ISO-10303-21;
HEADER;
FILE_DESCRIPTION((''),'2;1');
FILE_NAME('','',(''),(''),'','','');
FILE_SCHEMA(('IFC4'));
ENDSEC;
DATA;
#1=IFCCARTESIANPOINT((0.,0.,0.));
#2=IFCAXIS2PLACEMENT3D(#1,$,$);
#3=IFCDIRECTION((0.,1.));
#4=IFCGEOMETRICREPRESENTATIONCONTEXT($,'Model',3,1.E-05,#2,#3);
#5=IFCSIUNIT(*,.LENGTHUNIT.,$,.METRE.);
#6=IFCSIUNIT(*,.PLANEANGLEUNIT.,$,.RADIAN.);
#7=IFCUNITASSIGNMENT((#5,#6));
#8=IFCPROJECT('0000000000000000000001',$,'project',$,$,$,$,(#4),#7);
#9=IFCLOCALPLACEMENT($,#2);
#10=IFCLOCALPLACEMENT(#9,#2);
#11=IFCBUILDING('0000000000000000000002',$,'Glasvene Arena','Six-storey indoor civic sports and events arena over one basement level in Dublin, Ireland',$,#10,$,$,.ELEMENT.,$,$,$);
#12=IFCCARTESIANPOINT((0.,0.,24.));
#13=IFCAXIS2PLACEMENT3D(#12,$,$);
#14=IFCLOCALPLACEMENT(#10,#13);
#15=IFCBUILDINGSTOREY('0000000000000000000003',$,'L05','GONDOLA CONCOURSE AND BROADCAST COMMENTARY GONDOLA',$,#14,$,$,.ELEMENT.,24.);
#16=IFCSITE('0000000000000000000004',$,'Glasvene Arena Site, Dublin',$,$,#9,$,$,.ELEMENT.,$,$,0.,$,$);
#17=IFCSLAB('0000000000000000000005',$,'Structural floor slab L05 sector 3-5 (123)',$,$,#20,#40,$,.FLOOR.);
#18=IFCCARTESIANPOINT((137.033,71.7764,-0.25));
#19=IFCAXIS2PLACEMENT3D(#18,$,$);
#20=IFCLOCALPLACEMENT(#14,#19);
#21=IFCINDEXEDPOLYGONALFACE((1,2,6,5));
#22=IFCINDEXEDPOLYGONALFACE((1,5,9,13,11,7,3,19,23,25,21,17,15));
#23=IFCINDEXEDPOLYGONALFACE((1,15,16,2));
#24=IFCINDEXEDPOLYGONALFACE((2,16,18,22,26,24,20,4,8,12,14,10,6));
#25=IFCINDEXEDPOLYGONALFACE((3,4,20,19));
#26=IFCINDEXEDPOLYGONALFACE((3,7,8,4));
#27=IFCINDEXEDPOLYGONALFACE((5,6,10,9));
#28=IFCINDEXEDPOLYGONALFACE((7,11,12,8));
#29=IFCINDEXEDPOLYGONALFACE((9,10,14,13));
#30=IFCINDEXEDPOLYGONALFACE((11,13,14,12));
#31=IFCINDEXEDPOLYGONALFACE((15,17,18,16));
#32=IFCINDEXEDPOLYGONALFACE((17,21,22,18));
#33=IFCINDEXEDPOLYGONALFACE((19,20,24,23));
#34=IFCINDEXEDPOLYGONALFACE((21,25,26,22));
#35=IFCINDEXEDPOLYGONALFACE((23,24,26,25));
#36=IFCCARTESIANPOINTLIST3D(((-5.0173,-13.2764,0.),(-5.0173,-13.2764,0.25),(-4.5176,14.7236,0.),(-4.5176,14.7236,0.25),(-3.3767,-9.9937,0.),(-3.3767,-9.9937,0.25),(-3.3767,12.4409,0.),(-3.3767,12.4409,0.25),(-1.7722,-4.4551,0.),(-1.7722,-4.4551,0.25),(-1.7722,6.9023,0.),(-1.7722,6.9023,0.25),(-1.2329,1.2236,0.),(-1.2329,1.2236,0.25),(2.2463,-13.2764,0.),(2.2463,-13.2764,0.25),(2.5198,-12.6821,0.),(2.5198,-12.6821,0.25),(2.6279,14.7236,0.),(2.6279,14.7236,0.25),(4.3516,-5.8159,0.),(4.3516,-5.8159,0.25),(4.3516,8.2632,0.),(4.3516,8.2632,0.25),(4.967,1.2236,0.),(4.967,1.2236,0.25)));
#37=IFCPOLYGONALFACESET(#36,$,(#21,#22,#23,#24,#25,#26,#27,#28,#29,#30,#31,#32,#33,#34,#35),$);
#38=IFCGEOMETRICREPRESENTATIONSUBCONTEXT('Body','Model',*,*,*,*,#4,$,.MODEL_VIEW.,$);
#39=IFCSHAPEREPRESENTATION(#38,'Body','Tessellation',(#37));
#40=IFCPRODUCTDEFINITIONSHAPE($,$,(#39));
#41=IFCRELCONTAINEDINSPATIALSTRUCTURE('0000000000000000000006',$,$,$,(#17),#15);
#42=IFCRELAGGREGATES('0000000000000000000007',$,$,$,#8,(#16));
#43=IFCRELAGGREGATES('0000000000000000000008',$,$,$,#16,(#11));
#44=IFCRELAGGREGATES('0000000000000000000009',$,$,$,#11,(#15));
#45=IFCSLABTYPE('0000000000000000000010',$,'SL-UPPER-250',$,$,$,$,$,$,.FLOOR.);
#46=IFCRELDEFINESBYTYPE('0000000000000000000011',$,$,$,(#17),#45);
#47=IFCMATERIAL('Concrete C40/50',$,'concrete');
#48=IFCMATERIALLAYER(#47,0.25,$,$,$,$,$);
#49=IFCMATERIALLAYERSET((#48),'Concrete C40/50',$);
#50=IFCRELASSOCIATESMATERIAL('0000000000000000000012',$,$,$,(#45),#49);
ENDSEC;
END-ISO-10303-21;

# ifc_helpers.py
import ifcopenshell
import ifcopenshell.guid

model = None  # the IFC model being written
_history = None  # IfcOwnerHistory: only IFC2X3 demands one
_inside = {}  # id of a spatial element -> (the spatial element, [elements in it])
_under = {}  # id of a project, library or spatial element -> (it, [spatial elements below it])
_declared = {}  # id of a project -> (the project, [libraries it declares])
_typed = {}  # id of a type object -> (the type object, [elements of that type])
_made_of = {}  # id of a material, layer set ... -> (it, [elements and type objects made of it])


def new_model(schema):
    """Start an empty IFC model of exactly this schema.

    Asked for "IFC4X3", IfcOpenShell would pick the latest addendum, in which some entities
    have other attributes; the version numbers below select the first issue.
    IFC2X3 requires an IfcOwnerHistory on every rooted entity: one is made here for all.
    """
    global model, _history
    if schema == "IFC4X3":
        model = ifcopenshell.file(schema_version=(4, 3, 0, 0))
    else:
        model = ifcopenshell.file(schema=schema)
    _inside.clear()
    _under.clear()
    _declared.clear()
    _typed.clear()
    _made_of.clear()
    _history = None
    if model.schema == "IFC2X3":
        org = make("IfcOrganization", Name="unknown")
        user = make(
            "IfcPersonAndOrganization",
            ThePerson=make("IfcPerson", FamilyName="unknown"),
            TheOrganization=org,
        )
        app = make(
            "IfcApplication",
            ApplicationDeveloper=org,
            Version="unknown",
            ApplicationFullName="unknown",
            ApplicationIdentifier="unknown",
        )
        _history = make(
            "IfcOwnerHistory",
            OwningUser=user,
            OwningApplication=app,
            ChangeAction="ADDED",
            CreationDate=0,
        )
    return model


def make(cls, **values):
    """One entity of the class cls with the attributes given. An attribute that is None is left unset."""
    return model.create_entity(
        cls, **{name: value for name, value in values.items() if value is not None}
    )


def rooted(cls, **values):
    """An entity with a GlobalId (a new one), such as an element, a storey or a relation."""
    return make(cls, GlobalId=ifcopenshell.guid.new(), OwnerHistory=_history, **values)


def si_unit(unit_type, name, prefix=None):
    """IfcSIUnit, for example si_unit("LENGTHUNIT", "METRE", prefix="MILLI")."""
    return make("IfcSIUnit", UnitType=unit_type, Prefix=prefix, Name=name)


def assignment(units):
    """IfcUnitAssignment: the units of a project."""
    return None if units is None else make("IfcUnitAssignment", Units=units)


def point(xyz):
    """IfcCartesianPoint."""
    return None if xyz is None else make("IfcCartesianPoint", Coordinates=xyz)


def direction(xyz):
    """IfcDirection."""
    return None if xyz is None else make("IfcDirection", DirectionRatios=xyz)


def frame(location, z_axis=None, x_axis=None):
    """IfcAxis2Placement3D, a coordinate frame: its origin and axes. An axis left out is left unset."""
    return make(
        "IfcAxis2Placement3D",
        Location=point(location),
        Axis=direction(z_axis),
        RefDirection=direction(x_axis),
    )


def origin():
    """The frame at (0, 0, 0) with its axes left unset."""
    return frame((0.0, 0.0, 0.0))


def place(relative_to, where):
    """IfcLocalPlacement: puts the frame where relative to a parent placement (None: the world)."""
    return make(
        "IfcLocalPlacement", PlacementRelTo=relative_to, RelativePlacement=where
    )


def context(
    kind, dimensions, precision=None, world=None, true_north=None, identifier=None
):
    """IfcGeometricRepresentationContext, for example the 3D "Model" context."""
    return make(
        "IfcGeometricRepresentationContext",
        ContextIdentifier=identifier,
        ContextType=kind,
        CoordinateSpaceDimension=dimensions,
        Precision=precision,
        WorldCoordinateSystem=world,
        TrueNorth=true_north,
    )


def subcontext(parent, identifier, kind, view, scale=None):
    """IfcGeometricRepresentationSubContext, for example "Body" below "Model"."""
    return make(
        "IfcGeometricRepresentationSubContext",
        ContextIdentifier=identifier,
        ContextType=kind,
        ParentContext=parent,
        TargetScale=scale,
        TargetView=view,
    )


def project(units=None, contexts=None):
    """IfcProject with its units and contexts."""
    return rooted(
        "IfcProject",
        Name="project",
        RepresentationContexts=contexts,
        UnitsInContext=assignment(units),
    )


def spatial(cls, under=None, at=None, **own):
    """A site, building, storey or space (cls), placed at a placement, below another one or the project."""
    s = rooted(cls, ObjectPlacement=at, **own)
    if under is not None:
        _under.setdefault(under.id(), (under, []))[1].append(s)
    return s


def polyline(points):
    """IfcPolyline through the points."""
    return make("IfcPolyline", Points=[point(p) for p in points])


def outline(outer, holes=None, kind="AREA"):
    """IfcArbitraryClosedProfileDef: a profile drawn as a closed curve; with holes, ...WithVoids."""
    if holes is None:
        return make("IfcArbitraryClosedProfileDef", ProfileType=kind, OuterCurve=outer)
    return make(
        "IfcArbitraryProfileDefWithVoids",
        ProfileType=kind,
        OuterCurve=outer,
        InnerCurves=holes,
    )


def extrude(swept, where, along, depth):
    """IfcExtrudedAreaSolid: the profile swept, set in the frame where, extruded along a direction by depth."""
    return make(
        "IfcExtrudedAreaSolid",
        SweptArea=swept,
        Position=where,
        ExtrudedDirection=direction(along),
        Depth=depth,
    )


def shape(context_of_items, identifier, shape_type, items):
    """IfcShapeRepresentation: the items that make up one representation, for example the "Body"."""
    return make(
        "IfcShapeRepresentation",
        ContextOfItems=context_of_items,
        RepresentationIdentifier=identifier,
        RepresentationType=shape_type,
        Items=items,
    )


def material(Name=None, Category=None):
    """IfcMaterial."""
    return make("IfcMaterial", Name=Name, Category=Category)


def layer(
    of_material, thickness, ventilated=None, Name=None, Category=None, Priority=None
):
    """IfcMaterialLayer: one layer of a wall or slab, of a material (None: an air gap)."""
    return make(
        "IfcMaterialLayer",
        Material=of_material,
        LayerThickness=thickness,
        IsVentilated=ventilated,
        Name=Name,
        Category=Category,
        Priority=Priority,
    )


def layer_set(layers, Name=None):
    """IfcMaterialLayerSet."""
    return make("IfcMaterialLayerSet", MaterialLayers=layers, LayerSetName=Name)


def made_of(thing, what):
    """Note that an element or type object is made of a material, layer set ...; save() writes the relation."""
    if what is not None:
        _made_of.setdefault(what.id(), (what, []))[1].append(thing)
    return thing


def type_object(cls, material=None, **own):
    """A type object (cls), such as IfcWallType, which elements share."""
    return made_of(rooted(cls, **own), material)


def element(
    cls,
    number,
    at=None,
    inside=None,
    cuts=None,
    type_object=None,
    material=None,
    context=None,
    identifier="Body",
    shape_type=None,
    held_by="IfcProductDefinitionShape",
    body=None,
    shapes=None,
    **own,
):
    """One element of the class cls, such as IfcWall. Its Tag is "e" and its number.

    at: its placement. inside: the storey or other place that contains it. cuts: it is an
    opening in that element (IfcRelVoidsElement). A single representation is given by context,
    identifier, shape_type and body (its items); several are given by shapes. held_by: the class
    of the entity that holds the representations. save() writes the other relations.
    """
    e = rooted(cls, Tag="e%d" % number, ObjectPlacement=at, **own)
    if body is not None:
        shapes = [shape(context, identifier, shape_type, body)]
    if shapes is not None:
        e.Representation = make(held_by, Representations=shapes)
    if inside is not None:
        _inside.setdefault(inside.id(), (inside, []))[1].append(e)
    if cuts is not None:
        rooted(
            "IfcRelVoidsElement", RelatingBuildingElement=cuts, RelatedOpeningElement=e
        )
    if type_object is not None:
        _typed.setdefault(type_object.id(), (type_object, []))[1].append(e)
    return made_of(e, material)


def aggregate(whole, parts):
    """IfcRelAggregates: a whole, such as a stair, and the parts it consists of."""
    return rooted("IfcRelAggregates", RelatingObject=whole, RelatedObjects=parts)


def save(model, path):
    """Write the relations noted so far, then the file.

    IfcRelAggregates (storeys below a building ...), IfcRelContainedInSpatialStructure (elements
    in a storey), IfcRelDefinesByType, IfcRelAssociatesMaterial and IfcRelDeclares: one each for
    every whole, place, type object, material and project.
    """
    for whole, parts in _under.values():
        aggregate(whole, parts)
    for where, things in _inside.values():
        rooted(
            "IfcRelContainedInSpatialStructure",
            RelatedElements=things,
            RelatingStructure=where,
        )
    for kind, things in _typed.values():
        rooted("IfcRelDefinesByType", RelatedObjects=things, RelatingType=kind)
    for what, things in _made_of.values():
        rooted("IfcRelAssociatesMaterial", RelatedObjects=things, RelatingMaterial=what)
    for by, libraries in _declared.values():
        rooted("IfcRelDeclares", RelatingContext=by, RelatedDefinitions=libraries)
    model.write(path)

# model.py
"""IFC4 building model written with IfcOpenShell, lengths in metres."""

from ifc_helpers import new_model, si_unit, direction, frame, origin, place, context, subcontext, project, spatial, polyline, outline, extrude, material, layer, layer_set, type_object, element, save


model = new_model("IFC4")

# Units and contexts
model_context = context("Model", 3, precision=1e-05, world=origin(), true_north=direction((0.0, 1.0)))
body_context = subcontext(model_context, "Body", "Model", "MODEL_VIEW")
ifc_project = project(units=[si_unit("LENGTHUNIT", "METRE"), si_unit("PLANEANGLEUNIT", "RADIAN")], contexts=[model_context])

# Site, building, storey
site_placement = place(None, origin())
site = spatial("IfcSite", under=ifc_project, at=site_placement, Name="Glasvene Arena Site, Dublin", CompositionType="ELEMENT", RefElevation=0.0)
building_placement = place(site_placement, origin())
building = spatial("IfcBuilding", under=site, at=building_placement, Name="Glasvene Arena", Description="Six-storey indoor civic sports and events arena over one basement level in Dublin, Ireland", CompositionType="ELEMENT")
storey_placement = place(building_placement, frame((0.0, 0.0, 24.0)))
storey = spatial("IfcBuildingStorey", under=building, at=storey_placement, Name="L05", Description="GONDOLA CONCOURSE AND BROADCAST COMMENTARY GONDOLA", CompositionType="ELEMENT", Elevation=24.0)

# Slab
ifc_material_1 = material(Name="Concrete C40/50", Category="concrete")
ifc_layer_1 = layer(ifc_material_1, 0.25)
ifc_layer_set_1 = layer_set([ifc_layer_1], Name="Concrete C40/50")
slab_type = type_object("IfcSlabType", Name="SL-UPPER-250", PredefinedType="FLOOR", material=ifc_layer_set_1)
slab_placement = place(storey_placement, frame((137.033, 71.7764, -0.25)))
element("IfcSlab", 1, at=slab_placement, inside=storey, type_object=slab_type, Name="Structural floor slab L05 sector 3-5 (123)", PredefinedType="FLOOR", context=body_context, shape_type="SweptSolid", body=[
    extrude(outline(polyline([(4.3516, 8.2632), (4.967, 1.2236), (4.3516, -5.8159), (2.5198, -12.6821), (2.2463, -13.2764), (-5.0173, -13.2764), (-3.3767, -9.9937), (-1.7722, -4.4551), (-1.2329, 1.2236), (-1.7722, 6.9023), (-3.3767, 12.4409), (-4.5176, 14.7236), (2.6279, 14.7236), (4.3516, 8.2632)])), origin(), (0.0, 0.0, 1.0), 0.25),
])

save(model, "model.ifc")
